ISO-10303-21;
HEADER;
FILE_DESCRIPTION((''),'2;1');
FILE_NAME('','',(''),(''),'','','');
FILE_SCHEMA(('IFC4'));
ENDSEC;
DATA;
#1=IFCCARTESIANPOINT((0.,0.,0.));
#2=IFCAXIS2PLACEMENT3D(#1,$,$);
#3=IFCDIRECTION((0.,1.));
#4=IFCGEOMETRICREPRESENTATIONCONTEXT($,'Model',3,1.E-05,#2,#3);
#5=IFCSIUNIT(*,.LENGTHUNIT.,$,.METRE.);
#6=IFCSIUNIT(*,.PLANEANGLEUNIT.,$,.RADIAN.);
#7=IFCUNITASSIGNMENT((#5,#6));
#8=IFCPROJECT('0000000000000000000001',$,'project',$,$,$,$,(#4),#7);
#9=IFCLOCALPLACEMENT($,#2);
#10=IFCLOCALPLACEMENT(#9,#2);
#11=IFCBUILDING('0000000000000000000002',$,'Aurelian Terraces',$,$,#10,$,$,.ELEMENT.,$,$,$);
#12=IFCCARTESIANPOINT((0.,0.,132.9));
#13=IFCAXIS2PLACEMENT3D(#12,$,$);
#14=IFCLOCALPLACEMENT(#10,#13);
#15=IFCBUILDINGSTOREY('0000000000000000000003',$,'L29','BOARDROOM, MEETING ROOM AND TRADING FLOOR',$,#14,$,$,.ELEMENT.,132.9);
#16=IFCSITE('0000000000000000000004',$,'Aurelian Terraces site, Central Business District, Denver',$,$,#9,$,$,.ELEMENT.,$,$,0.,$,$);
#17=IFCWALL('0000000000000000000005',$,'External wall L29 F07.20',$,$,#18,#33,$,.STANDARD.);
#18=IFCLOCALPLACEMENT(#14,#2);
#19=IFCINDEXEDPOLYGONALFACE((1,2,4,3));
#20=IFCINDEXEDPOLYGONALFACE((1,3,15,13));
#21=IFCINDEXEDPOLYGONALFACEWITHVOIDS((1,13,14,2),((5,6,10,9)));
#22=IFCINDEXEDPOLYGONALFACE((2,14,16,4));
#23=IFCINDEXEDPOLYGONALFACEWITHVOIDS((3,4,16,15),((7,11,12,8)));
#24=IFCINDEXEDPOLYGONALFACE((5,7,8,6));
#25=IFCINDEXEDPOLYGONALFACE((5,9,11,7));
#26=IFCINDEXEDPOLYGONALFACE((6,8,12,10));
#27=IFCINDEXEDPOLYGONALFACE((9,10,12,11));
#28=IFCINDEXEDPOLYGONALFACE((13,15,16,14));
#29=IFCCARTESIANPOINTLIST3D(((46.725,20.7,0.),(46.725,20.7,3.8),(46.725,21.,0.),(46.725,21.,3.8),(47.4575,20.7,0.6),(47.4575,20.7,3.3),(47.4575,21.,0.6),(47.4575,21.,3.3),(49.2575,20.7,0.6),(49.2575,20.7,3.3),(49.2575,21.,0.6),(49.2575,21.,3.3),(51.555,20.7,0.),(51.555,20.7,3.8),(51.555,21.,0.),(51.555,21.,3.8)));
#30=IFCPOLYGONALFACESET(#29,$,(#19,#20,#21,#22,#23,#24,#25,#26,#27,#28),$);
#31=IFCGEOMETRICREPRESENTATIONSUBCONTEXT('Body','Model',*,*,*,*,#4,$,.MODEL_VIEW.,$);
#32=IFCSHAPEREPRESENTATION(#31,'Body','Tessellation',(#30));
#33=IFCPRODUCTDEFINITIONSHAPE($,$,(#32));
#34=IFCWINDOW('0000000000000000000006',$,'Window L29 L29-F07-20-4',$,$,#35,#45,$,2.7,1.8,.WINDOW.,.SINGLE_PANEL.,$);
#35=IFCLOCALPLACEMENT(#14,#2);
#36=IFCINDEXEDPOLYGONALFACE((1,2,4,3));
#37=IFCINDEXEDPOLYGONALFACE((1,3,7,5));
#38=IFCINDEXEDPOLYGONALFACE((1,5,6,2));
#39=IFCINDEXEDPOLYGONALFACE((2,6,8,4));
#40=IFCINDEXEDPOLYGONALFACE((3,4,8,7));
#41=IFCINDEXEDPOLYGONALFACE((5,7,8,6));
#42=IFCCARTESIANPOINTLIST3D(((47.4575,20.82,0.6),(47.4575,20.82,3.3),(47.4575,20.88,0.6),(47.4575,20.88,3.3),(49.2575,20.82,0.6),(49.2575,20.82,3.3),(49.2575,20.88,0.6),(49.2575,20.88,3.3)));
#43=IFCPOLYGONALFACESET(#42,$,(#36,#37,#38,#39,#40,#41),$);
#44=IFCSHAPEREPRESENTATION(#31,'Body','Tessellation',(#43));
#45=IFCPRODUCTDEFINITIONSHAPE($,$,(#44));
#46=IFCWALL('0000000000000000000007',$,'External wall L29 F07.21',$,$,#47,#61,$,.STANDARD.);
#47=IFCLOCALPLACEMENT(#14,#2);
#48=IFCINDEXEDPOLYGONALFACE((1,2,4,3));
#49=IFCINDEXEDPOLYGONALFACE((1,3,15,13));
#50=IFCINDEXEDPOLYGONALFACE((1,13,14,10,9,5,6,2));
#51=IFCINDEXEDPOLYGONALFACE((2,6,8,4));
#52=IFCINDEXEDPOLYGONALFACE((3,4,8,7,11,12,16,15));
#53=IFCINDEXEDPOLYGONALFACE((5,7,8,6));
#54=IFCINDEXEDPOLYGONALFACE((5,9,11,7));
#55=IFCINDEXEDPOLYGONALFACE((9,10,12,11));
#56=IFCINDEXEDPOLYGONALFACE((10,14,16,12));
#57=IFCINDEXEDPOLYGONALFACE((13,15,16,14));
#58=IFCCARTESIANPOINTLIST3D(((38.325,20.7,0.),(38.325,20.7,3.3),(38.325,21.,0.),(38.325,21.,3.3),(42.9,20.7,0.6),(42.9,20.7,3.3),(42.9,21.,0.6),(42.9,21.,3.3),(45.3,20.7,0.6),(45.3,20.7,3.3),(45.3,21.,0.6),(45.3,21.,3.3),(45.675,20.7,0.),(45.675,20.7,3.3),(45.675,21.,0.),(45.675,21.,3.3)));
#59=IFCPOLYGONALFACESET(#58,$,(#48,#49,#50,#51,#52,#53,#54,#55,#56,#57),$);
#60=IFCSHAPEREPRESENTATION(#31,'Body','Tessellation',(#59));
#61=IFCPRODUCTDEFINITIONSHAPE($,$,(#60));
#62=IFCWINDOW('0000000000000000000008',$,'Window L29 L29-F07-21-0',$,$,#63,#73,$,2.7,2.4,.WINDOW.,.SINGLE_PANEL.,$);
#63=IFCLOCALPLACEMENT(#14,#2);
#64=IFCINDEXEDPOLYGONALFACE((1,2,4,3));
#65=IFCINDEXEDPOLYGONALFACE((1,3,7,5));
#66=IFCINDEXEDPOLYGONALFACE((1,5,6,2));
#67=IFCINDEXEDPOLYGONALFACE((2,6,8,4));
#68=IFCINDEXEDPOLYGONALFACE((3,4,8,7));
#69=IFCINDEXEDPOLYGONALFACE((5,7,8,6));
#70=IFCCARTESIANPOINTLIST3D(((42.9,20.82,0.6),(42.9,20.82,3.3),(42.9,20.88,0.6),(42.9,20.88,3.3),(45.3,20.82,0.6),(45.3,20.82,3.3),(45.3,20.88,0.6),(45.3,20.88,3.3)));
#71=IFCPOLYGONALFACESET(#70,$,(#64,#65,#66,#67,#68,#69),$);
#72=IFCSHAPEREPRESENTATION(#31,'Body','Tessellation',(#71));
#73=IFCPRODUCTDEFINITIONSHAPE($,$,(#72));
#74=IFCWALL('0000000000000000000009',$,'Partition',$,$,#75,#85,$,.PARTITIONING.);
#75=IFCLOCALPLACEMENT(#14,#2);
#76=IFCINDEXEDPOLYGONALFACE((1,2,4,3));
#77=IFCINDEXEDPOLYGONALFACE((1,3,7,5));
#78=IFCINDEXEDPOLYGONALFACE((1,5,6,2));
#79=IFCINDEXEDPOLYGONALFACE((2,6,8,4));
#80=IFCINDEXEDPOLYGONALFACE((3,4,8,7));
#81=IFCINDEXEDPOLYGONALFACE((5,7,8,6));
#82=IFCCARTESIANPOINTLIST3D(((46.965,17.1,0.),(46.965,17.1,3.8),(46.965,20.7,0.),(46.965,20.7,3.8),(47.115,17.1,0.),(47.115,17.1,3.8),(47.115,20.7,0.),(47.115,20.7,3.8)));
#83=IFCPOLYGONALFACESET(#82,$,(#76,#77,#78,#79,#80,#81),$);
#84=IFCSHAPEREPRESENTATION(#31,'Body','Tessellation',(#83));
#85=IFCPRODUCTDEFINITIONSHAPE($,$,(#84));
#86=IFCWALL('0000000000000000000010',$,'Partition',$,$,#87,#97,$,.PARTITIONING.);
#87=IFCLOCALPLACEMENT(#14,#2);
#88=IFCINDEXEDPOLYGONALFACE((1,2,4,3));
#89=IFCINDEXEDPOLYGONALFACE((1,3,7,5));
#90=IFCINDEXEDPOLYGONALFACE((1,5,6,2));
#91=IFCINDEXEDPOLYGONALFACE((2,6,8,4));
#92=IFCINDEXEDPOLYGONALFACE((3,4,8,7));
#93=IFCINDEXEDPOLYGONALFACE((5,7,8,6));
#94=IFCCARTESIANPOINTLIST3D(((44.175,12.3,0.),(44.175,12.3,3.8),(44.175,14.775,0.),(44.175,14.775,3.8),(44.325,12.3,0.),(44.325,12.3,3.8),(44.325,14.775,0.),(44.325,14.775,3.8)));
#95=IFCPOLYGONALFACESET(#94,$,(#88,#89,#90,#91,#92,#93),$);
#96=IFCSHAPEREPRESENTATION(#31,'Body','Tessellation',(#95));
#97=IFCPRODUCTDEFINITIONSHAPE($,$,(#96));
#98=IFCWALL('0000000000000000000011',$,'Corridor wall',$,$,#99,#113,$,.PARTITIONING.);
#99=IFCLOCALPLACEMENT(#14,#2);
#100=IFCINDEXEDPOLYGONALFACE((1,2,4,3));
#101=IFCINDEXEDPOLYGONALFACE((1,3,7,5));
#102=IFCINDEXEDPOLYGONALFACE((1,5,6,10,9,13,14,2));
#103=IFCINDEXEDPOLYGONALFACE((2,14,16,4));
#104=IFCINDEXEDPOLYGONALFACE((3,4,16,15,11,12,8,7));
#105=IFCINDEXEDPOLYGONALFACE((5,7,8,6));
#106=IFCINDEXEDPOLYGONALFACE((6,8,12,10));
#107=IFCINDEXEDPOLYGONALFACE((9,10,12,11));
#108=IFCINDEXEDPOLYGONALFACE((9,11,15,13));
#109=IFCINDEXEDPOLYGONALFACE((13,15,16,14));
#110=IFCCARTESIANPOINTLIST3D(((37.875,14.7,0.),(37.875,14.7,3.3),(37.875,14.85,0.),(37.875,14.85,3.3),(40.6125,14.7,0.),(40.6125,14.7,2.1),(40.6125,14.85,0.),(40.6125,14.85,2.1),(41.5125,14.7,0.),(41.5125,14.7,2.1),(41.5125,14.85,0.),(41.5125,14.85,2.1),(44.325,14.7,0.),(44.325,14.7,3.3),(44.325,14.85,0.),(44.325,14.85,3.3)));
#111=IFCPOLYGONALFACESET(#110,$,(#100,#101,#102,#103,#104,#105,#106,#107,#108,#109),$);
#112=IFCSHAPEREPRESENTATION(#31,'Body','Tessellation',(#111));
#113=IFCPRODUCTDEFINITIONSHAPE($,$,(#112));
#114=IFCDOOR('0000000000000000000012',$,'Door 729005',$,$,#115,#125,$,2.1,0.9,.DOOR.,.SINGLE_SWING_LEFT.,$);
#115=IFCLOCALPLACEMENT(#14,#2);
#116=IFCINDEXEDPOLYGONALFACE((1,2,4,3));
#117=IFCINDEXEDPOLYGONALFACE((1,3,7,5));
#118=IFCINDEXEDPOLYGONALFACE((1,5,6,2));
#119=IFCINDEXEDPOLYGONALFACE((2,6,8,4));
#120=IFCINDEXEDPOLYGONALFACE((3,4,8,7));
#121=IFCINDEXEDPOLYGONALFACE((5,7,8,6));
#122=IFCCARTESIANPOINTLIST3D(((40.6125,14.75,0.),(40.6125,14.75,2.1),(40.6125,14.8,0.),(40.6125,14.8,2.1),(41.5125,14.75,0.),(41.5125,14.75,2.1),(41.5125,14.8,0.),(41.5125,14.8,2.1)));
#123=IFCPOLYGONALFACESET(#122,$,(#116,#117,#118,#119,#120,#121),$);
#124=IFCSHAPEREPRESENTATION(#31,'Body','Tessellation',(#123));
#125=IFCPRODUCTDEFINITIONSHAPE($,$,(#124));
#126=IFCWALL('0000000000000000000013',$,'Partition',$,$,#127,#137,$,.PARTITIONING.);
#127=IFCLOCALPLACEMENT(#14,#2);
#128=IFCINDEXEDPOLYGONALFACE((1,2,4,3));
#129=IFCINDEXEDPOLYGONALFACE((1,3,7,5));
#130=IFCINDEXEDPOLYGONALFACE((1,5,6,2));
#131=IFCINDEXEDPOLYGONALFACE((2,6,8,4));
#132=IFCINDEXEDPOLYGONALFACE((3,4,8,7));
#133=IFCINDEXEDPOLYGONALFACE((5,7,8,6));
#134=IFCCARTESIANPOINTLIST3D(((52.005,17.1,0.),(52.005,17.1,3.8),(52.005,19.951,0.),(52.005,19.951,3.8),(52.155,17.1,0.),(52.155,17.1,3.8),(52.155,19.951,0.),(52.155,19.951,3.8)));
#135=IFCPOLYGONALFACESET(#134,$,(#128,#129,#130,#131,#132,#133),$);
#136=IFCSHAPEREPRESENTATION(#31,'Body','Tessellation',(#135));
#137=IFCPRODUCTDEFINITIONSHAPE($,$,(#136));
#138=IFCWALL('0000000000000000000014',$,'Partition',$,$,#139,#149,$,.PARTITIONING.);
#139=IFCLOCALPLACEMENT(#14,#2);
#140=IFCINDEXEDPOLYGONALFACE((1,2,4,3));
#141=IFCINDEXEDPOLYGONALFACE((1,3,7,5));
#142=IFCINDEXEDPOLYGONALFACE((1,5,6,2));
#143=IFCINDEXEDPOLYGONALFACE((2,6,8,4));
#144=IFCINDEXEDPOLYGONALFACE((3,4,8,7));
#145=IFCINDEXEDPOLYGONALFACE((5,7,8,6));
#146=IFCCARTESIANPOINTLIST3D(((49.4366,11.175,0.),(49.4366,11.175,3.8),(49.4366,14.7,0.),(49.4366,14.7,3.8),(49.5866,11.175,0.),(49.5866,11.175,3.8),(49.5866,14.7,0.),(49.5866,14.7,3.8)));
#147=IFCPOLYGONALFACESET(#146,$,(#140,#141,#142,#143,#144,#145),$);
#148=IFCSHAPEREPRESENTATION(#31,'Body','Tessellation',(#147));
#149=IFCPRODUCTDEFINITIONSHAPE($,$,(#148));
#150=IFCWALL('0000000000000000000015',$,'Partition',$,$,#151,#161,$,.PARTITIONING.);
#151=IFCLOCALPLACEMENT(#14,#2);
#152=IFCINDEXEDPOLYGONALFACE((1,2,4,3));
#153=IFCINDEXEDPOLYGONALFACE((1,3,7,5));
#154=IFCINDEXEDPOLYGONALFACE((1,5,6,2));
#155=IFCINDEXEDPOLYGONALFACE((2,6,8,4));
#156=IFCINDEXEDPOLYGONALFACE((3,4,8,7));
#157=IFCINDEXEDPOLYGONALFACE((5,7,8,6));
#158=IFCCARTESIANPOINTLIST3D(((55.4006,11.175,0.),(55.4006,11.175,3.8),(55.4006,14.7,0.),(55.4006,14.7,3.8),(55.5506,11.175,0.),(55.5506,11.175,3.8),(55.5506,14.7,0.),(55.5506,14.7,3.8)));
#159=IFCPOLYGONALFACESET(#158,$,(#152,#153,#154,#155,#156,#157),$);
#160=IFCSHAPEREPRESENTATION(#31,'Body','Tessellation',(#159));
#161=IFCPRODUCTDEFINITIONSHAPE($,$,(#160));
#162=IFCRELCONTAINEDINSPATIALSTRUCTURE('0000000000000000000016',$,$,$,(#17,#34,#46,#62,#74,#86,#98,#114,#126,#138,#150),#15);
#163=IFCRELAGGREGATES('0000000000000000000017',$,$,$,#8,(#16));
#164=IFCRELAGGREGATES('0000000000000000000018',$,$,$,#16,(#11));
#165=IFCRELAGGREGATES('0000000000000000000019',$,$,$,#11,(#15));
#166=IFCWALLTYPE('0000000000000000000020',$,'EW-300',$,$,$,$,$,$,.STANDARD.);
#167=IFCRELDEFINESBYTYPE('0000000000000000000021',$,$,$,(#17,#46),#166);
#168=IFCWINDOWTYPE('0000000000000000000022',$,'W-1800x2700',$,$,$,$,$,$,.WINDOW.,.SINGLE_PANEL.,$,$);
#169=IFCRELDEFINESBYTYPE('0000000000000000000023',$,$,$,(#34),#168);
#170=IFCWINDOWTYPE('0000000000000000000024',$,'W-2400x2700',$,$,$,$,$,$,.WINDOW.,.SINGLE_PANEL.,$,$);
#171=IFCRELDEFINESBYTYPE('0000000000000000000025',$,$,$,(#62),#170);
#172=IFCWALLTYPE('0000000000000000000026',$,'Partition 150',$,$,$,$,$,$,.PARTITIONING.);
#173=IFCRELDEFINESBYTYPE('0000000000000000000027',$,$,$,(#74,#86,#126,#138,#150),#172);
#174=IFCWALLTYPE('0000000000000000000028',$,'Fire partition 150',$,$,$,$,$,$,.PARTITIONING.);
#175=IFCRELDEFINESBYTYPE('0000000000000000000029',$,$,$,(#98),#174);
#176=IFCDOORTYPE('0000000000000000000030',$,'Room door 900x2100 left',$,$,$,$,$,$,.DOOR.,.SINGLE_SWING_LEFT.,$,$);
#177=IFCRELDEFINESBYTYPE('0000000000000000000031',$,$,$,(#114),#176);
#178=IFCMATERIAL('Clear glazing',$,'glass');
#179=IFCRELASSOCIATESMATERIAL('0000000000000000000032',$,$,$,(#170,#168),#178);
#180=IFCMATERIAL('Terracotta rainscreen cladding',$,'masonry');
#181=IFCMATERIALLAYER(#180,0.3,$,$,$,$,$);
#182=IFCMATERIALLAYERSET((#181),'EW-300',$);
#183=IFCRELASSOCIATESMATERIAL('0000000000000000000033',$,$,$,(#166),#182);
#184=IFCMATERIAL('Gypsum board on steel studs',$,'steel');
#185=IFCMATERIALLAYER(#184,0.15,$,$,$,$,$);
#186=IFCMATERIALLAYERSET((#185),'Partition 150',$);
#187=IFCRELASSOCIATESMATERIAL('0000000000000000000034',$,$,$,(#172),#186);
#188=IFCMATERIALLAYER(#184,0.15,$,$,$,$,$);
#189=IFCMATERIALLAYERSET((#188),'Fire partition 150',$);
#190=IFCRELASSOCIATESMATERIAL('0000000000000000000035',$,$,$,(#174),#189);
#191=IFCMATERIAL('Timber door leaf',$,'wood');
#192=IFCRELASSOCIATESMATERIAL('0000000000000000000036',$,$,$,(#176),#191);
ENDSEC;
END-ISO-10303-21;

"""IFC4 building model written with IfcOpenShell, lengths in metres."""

from ifc_helpers import new_model, si_unit, direction, frame, frame_2d, origin, place, context, subcontext, project, spatial, rectangle, extrude, source, transform, mapped, material, layer, layer_set, type_object, element, fill, save


model = new_model("IFC4")

# Units and contexts
model_context = context("Model", 3, precision=1e-05, world=origin(), true_north=direction((0.0, 1.0)))
body_context = subcontext(model_context, "Body", "Model", "MODEL_VIEW")
ifc_project = project(units=[si_unit("LENGTHUNIT", "METRE"), si_unit("PLANEANGLEUNIT", "RADIAN")], contexts=[model_context])

# Site, building, storey
site_placement = place(None, origin())
site = spatial("IfcSite", under=ifc_project, at=site_placement, Name="Aurelian Terraces site, Central Business District, Denver", CompositionType="ELEMENT", RefElevation=0.0)
building_placement = place(site_placement, origin())
building = spatial("IfcBuilding", under=site, at=building_placement, Name="Aurelian Terraces", CompositionType="ELEMENT")
storey_placement = place(building_placement, frame((0.0, 0.0, 132.9)))
storey = spatial("IfcBuildingStorey", under=building, at=storey_placement, Name="L29", Description="BOARDROOM, MEETING ROOM AND TRADING FLOOR", CompositionType="ELEMENT", Elevation=132.9)

# Shared definitions
ifc_material_1 = material(Name="Clear glazing", Category="glass")
window_type_1 = type_object("IfcWindowType", Name="W-2400x2700", PartitioningType="SINGLE_PANEL", PredefinedType="WINDOW", material=ifc_material_1)
shared_shape_1 = source(origin(), body_context, "Body", "SweptSolid", [
    extrude(rectangle(XDim=2.4, YDim=2.7, at=frame_2d((1.2, 1.35))), frame((0.0, 0.03, 0.0), z_axis=(0.0, -1.0, 0.0), x_axis=(1.0, 0.0, 0.0)), (0.0, 0.0, 1.0), 0.06),
])

# Shared definitions
ifc_material_2 = material(Name="Terracotta rainscreen cladding", Category="masonry")
ifc_layer_1 = layer(ifc_material_2, 0.3)
ifc_layer_set_1 = layer_set([ifc_layer_1], Name="EW-300")
wall_type_1 = type_object("IfcWallType", Name="EW-300", PredefinedType="STANDARD", material=ifc_layer_set_1)
shared_shape_2 = source(origin(), body_context, "Body", "SweptSolid", [
    extrude(rectangle(XDim=4.83, YDim=0.3, at=frame_2d((2.415, 0.0))), origin(), (0.0, 0.0, 1.0), 3.8),
])
ifc_material_3 = material(Name="Timber door leaf", Category="wood")

# Walls, openings, windows
wall_1_placement = place(storey_placement, frame((51.555, 20.85, 0.0), z_axis=(0.0, 0.0, 1.0), x_axis=(-1.0, 0.0, 0.0)))
wall_1 = element("IfcWall", 1, at=wall_1_placement, inside=storey, type_object=wall_type_1, Name="External wall L29 F07.20", PredefinedType="STANDARD", context=body_context, shape_type="MappedRepresentation", body=[
    mapped(shared_shape_2, transform((0.0, 0.0, 0.0), scale=1.0)),
])
shared_shape_3 = source(origin(), body_context, "Body", "SweptSolid", [
    extrude(rectangle(XDim=1.8, YDim=2.7, at=frame_2d((0.9, 1.35))), frame((0.0, 0.16, 0.0), z_axis=(0.0, -1.0, 0.0), x_axis=(1.0, 0.0, 0.0)), (0.0, 0.0, 1.0), 0.32),
])
opening_1_placement = place(wall_1_placement, frame((2.2975, 0.0, 0.6)))
opening_1 = element("IfcOpeningElement", 2, at=opening_1_placement, cuts=wall_1, PredefinedType="OPENING", context=body_context, shape_type="MappedRepresentation", body=[
    mapped(shared_shape_3, transform((0.0, 0.0, 0.0), scale=1.0)),
])
window_type_2 = type_object("IfcWindowType", Name="W-1800x2700", PartitioningType="SINGLE_PANEL", PredefinedType="WINDOW", material=ifc_material_1)
shared_shape_4 = source(origin(), body_context, "Body", "SweptSolid", [
    extrude(rectangle(XDim=1.8, YDim=2.7, at=frame_2d((0.9, 1.35))), frame((0.0, 0.03, 0.0), z_axis=(0.0, -1.0, 0.0), x_axis=(1.0, 0.0, 0.0)), (0.0, 0.0, 1.0), 0.06),
])
window_1_placement = place(opening_1_placement, origin())
window_1 = element("IfcWindow", 3, at=window_1_placement, inside=storey, type_object=window_type_2, Name="Window L29 L29-F07-20-4", OverallHeight=2.7, OverallWidth=1.8, PartitioningType="SINGLE_PANEL", PredefinedType="WINDOW", context=body_context, shape_type="MappedRepresentation", body=[
    mapped(shared_shape_4, transform((0.0, 0.0, 0.0), scale=1.0)),
])
fill(opening_1, window_1)
shared_shape_5 = source(origin(), body_context, "Body", "SweptSolid", [
    extrude(rectangle(XDim=7.35, YDim=0.3, at=frame_2d((3.675, 0.0))), origin(), (0.0, 0.0, 1.0), 3.3),
])
wall_2_placement = place(storey_placement, frame((45.675, 20.85, 0.0), z_axis=(0.0, 0.0, 1.0), x_axis=(-1.0, 0.0, 0.0)))
wall_2 = element("IfcWall", 4, at=wall_2_placement, inside=storey, type_object=wall_type_1, Name="External wall L29 F07.21", PredefinedType="STANDARD", context=body_context, shape_type="MappedRepresentation", body=[
    mapped(shared_shape_5, transform((0.0, 0.0, 0.0), scale=1.0)),
])
shared_shape_6 = source(origin(), body_context, "Body", "SweptSolid", [
    extrude(rectangle(XDim=2.4, YDim=2.7, at=frame_2d((1.2, 1.35))), frame((0.0, 0.16, 0.0), z_axis=(0.0, -1.0, 0.0), x_axis=(1.0, 0.0, 0.0)), (0.0, 0.0, 1.0), 0.32),
])
opening_2_placement = place(wall_2_placement, frame((0.375, 0.0, 0.6)))
opening_2 = element("IfcOpeningElement", 5, at=opening_2_placement, cuts=wall_2, PredefinedType="OPENING", context=body_context, shape_type="MappedRepresentation", body=[
    mapped(shared_shape_6, transform((0.0, 0.0, 0.0), scale=1.0)),
])
window_2_placement = place(opening_2_placement, origin())
window_2 = element("IfcWindow", 6, at=window_2_placement, inside=storey, type_object=window_type_1, Name="Window L29 L29-F07-21-0", OverallHeight=2.7, OverallWidth=2.4, PartitioningType="SINGLE_PANEL", PredefinedType="WINDOW", context=body_context, shape_type="MappedRepresentation", body=[
    mapped(shared_shape_1, transform((0.0, 0.0, 0.0), scale=1.0)),
])
fill(opening_2, window_2)

# Walls
ifc_material_4 = material(Name="Gypsum board on steel studs", Category="steel")
ifc_layer_2 = layer(ifc_material_4, 0.15)
ifc_layer_set_2 = layer_set([ifc_layer_2], Name="Partition 150")
wall_type_2 = type_object("IfcWallType", Name="Partition 150", PredefinedType="PARTITIONING", material=ifc_layer_set_2)
shared_shape_7 = source(origin(), body_context, "Body", "SweptSolid", [
    extrude(rectangle(XDim=3.6, YDim=0.15, at=frame_2d((1.8, 0.0))), origin(), (0.0, 0.0, 1.0), 3.8),
])
wall_3_placement = place(storey_placement, frame((47.04, 20.7, 0.0), z_axis=(0.0, 0.0, 1.0), x_axis=(0.0, -1.0, 0.0)))
element("IfcWall", 7, at=wall_3_placement, inside=storey, type_object=wall_type_2, Name="Partition", PredefinedType="PARTITIONING", context=body_context, shape_type="MappedRepresentation", body=[
    mapped(shared_shape_7, transform((0.0, 0.0, 0.0), scale=1.0)),
])
shared_shape_8 = source(origin(), body_context, "Body", "SweptSolid", [
    extrude(rectangle(XDim=2.475, YDim=0.15, at=frame_2d((1.2375, 0.0))), origin(), (0.0, 0.0, 1.0), 3.8),
])
wall_4_placement = place(storey_placement, frame((44.25, 12.3, 0.0), z_axis=(0.0, 0.0, 1.0), x_axis=(0.0, 1.0, 0.0)))
element("IfcWall", 8, at=wall_4_placement, inside=storey, type_object=wall_type_2, Name="Partition", PredefinedType="PARTITIONING", context=body_context, shape_type="MappedRepresentation", body=[
    mapped(shared_shape_8, transform((0.0, 0.0, 0.0), scale=1.0)),
])

# Wall, opening, door
ifc_layer_3 = layer(ifc_material_4, 0.15)
ifc_layer_set_3 = layer_set([ifc_layer_3], Name="Fire partition 150")
wall_type_3 = type_object("IfcWallType", Name="Fire partition 150", PredefinedType="PARTITIONING", material=ifc_layer_set_3)
shared_shape_9 = source(origin(), body_context, "Body", "SweptSolid", [
    extrude(rectangle(XDim=6.45, YDim=0.15, at=frame_2d((3.225, 0.0))), origin(), (0.0, 0.0, 1.0), 3.3),
])
wall_5_placement = place(storey_placement, frame((44.325, 14.775, 0.0), z_axis=(0.0, 0.0, 1.0), x_axis=(-1.0, 0.0, 0.0)))
wall_5 = element("IfcWall", 9, at=wall_5_placement, inside=storey, type_object=wall_type_3, Name="Corridor wall", PredefinedType="PARTITIONING", context=body_context, shape_type="MappedRepresentation", body=[
    mapped(shared_shape_9, transform((0.0, 0.0, 0.0), scale=1.0)),
])
shared_shape_10 = source(origin(), body_context, "Body", "SweptSolid", [
    extrude(rectangle(XDim=0.9, YDim=2.1, at=frame_2d((0.45, 1.05))), frame((0.0, 0.085, 0.0), z_axis=(0.0, -1.0, 0.0), x_axis=(1.0, 0.0, 0.0)), (0.0, 0.0, 1.0), 0.17),
])
opening_3_placement = place(wall_5_placement, frame((2.8125, 0.0, 0.0)))
opening_3 = element("IfcOpeningElement", 10, at=opening_3_placement, cuts=wall_5, PredefinedType="OPENING", context=body_context, shape_type="MappedRepresentation", body=[
    mapped(shared_shape_10, transform((0.0, 0.0, 0.0), scale=1.0)),
])
door_type_1 = type_object("IfcDoorType", Name="Room door 900x2100 left", OperationType="SINGLE_SWING_LEFT", PredefinedType="DOOR", material=ifc_material_3)
shared_shape_11 = source(origin(), body_context, "Body", "SweptSolid", [
    extrude(rectangle(XDim=0.9, YDim=2.1, at=frame_2d((0.45, 1.05))), frame((0.0, 0.025, 0.0), z_axis=(0.0, -1.0, 0.0), x_axis=(1.0, 0.0, 0.0)), (0.0, 0.0, 1.0), 0.05),
])
door_1_placement = place(opening_3_placement, origin())
door_1 = element("IfcDoor", 11, at=door_1_placement, inside=storey, type_object=door_type_1, Name="Door 729005", OperationType="SINGLE_SWING_LEFT", OverallHeight=2.1, OverallWidth=0.9, PredefinedType="DOOR", context=body_context, shape_type="MappedRepresentation", body=[
    mapped(shared_shape_11, transform((0.0, 0.0, 0.0), scale=1.0)),
])
fill(opening_3, door_1)

# Walls
shared_shape_12 = source(origin(), body_context, "Body", "SweptSolid", [
    extrude(rectangle(XDim=2.851, YDim=0.15, at=frame_2d((1.4255, 0.0))), origin(), (0.0, 0.0, 1.0), 3.8),
])
wall_6_placement = place(storey_placement, frame((52.08, 17.1, 0.0), z_axis=(0.0, 0.0, 1.0), x_axis=(0.0, 1.0, 0.0)))
element("IfcWall", 12, at=wall_6_placement, inside=storey, type_object=wall_type_2, Name="Partition", PredefinedType="PARTITIONING", context=body_context, shape_type="MappedRepresentation", body=[
    mapped(shared_shape_12, transform((0.0, 0.0, 0.0), scale=1.0)),
])
shared_shape_13 = source(origin(), body_context, "Body", "SweptSolid", [
    extrude(rectangle(XDim=3.525, YDim=0.15, at=frame_2d((1.7625, 0.0))), origin(), (0.0, 0.0, 1.0), 3.8),
])
for number, where, z_axis, x_axis, name in (
    (13, (49.5116, 11.175, 0.0), (0.0, 0.0, 1.0), (0.0, 1.0, 0.0), "Partition"),
    (14, (55.4756, 11.175, 0.0), (0.0, 0.0, 1.0), (0.0, 1.0, 0.0), "Partition"),
):
    element("IfcWall", number, at=place(storey_placement, frame(where, z_axis=z_axis, x_axis=x_axis)), inside=storey, type_object=wall_type_2, Name=name, PredefinedType="PARTITIONING", context=body_context, shape_type="MappedRepresentation", body=[
        mapped(shared_shape_13, transform((0.0, 0.0, 0.0), scale=1.0)),
    ])

save(model, "model.ifc")
